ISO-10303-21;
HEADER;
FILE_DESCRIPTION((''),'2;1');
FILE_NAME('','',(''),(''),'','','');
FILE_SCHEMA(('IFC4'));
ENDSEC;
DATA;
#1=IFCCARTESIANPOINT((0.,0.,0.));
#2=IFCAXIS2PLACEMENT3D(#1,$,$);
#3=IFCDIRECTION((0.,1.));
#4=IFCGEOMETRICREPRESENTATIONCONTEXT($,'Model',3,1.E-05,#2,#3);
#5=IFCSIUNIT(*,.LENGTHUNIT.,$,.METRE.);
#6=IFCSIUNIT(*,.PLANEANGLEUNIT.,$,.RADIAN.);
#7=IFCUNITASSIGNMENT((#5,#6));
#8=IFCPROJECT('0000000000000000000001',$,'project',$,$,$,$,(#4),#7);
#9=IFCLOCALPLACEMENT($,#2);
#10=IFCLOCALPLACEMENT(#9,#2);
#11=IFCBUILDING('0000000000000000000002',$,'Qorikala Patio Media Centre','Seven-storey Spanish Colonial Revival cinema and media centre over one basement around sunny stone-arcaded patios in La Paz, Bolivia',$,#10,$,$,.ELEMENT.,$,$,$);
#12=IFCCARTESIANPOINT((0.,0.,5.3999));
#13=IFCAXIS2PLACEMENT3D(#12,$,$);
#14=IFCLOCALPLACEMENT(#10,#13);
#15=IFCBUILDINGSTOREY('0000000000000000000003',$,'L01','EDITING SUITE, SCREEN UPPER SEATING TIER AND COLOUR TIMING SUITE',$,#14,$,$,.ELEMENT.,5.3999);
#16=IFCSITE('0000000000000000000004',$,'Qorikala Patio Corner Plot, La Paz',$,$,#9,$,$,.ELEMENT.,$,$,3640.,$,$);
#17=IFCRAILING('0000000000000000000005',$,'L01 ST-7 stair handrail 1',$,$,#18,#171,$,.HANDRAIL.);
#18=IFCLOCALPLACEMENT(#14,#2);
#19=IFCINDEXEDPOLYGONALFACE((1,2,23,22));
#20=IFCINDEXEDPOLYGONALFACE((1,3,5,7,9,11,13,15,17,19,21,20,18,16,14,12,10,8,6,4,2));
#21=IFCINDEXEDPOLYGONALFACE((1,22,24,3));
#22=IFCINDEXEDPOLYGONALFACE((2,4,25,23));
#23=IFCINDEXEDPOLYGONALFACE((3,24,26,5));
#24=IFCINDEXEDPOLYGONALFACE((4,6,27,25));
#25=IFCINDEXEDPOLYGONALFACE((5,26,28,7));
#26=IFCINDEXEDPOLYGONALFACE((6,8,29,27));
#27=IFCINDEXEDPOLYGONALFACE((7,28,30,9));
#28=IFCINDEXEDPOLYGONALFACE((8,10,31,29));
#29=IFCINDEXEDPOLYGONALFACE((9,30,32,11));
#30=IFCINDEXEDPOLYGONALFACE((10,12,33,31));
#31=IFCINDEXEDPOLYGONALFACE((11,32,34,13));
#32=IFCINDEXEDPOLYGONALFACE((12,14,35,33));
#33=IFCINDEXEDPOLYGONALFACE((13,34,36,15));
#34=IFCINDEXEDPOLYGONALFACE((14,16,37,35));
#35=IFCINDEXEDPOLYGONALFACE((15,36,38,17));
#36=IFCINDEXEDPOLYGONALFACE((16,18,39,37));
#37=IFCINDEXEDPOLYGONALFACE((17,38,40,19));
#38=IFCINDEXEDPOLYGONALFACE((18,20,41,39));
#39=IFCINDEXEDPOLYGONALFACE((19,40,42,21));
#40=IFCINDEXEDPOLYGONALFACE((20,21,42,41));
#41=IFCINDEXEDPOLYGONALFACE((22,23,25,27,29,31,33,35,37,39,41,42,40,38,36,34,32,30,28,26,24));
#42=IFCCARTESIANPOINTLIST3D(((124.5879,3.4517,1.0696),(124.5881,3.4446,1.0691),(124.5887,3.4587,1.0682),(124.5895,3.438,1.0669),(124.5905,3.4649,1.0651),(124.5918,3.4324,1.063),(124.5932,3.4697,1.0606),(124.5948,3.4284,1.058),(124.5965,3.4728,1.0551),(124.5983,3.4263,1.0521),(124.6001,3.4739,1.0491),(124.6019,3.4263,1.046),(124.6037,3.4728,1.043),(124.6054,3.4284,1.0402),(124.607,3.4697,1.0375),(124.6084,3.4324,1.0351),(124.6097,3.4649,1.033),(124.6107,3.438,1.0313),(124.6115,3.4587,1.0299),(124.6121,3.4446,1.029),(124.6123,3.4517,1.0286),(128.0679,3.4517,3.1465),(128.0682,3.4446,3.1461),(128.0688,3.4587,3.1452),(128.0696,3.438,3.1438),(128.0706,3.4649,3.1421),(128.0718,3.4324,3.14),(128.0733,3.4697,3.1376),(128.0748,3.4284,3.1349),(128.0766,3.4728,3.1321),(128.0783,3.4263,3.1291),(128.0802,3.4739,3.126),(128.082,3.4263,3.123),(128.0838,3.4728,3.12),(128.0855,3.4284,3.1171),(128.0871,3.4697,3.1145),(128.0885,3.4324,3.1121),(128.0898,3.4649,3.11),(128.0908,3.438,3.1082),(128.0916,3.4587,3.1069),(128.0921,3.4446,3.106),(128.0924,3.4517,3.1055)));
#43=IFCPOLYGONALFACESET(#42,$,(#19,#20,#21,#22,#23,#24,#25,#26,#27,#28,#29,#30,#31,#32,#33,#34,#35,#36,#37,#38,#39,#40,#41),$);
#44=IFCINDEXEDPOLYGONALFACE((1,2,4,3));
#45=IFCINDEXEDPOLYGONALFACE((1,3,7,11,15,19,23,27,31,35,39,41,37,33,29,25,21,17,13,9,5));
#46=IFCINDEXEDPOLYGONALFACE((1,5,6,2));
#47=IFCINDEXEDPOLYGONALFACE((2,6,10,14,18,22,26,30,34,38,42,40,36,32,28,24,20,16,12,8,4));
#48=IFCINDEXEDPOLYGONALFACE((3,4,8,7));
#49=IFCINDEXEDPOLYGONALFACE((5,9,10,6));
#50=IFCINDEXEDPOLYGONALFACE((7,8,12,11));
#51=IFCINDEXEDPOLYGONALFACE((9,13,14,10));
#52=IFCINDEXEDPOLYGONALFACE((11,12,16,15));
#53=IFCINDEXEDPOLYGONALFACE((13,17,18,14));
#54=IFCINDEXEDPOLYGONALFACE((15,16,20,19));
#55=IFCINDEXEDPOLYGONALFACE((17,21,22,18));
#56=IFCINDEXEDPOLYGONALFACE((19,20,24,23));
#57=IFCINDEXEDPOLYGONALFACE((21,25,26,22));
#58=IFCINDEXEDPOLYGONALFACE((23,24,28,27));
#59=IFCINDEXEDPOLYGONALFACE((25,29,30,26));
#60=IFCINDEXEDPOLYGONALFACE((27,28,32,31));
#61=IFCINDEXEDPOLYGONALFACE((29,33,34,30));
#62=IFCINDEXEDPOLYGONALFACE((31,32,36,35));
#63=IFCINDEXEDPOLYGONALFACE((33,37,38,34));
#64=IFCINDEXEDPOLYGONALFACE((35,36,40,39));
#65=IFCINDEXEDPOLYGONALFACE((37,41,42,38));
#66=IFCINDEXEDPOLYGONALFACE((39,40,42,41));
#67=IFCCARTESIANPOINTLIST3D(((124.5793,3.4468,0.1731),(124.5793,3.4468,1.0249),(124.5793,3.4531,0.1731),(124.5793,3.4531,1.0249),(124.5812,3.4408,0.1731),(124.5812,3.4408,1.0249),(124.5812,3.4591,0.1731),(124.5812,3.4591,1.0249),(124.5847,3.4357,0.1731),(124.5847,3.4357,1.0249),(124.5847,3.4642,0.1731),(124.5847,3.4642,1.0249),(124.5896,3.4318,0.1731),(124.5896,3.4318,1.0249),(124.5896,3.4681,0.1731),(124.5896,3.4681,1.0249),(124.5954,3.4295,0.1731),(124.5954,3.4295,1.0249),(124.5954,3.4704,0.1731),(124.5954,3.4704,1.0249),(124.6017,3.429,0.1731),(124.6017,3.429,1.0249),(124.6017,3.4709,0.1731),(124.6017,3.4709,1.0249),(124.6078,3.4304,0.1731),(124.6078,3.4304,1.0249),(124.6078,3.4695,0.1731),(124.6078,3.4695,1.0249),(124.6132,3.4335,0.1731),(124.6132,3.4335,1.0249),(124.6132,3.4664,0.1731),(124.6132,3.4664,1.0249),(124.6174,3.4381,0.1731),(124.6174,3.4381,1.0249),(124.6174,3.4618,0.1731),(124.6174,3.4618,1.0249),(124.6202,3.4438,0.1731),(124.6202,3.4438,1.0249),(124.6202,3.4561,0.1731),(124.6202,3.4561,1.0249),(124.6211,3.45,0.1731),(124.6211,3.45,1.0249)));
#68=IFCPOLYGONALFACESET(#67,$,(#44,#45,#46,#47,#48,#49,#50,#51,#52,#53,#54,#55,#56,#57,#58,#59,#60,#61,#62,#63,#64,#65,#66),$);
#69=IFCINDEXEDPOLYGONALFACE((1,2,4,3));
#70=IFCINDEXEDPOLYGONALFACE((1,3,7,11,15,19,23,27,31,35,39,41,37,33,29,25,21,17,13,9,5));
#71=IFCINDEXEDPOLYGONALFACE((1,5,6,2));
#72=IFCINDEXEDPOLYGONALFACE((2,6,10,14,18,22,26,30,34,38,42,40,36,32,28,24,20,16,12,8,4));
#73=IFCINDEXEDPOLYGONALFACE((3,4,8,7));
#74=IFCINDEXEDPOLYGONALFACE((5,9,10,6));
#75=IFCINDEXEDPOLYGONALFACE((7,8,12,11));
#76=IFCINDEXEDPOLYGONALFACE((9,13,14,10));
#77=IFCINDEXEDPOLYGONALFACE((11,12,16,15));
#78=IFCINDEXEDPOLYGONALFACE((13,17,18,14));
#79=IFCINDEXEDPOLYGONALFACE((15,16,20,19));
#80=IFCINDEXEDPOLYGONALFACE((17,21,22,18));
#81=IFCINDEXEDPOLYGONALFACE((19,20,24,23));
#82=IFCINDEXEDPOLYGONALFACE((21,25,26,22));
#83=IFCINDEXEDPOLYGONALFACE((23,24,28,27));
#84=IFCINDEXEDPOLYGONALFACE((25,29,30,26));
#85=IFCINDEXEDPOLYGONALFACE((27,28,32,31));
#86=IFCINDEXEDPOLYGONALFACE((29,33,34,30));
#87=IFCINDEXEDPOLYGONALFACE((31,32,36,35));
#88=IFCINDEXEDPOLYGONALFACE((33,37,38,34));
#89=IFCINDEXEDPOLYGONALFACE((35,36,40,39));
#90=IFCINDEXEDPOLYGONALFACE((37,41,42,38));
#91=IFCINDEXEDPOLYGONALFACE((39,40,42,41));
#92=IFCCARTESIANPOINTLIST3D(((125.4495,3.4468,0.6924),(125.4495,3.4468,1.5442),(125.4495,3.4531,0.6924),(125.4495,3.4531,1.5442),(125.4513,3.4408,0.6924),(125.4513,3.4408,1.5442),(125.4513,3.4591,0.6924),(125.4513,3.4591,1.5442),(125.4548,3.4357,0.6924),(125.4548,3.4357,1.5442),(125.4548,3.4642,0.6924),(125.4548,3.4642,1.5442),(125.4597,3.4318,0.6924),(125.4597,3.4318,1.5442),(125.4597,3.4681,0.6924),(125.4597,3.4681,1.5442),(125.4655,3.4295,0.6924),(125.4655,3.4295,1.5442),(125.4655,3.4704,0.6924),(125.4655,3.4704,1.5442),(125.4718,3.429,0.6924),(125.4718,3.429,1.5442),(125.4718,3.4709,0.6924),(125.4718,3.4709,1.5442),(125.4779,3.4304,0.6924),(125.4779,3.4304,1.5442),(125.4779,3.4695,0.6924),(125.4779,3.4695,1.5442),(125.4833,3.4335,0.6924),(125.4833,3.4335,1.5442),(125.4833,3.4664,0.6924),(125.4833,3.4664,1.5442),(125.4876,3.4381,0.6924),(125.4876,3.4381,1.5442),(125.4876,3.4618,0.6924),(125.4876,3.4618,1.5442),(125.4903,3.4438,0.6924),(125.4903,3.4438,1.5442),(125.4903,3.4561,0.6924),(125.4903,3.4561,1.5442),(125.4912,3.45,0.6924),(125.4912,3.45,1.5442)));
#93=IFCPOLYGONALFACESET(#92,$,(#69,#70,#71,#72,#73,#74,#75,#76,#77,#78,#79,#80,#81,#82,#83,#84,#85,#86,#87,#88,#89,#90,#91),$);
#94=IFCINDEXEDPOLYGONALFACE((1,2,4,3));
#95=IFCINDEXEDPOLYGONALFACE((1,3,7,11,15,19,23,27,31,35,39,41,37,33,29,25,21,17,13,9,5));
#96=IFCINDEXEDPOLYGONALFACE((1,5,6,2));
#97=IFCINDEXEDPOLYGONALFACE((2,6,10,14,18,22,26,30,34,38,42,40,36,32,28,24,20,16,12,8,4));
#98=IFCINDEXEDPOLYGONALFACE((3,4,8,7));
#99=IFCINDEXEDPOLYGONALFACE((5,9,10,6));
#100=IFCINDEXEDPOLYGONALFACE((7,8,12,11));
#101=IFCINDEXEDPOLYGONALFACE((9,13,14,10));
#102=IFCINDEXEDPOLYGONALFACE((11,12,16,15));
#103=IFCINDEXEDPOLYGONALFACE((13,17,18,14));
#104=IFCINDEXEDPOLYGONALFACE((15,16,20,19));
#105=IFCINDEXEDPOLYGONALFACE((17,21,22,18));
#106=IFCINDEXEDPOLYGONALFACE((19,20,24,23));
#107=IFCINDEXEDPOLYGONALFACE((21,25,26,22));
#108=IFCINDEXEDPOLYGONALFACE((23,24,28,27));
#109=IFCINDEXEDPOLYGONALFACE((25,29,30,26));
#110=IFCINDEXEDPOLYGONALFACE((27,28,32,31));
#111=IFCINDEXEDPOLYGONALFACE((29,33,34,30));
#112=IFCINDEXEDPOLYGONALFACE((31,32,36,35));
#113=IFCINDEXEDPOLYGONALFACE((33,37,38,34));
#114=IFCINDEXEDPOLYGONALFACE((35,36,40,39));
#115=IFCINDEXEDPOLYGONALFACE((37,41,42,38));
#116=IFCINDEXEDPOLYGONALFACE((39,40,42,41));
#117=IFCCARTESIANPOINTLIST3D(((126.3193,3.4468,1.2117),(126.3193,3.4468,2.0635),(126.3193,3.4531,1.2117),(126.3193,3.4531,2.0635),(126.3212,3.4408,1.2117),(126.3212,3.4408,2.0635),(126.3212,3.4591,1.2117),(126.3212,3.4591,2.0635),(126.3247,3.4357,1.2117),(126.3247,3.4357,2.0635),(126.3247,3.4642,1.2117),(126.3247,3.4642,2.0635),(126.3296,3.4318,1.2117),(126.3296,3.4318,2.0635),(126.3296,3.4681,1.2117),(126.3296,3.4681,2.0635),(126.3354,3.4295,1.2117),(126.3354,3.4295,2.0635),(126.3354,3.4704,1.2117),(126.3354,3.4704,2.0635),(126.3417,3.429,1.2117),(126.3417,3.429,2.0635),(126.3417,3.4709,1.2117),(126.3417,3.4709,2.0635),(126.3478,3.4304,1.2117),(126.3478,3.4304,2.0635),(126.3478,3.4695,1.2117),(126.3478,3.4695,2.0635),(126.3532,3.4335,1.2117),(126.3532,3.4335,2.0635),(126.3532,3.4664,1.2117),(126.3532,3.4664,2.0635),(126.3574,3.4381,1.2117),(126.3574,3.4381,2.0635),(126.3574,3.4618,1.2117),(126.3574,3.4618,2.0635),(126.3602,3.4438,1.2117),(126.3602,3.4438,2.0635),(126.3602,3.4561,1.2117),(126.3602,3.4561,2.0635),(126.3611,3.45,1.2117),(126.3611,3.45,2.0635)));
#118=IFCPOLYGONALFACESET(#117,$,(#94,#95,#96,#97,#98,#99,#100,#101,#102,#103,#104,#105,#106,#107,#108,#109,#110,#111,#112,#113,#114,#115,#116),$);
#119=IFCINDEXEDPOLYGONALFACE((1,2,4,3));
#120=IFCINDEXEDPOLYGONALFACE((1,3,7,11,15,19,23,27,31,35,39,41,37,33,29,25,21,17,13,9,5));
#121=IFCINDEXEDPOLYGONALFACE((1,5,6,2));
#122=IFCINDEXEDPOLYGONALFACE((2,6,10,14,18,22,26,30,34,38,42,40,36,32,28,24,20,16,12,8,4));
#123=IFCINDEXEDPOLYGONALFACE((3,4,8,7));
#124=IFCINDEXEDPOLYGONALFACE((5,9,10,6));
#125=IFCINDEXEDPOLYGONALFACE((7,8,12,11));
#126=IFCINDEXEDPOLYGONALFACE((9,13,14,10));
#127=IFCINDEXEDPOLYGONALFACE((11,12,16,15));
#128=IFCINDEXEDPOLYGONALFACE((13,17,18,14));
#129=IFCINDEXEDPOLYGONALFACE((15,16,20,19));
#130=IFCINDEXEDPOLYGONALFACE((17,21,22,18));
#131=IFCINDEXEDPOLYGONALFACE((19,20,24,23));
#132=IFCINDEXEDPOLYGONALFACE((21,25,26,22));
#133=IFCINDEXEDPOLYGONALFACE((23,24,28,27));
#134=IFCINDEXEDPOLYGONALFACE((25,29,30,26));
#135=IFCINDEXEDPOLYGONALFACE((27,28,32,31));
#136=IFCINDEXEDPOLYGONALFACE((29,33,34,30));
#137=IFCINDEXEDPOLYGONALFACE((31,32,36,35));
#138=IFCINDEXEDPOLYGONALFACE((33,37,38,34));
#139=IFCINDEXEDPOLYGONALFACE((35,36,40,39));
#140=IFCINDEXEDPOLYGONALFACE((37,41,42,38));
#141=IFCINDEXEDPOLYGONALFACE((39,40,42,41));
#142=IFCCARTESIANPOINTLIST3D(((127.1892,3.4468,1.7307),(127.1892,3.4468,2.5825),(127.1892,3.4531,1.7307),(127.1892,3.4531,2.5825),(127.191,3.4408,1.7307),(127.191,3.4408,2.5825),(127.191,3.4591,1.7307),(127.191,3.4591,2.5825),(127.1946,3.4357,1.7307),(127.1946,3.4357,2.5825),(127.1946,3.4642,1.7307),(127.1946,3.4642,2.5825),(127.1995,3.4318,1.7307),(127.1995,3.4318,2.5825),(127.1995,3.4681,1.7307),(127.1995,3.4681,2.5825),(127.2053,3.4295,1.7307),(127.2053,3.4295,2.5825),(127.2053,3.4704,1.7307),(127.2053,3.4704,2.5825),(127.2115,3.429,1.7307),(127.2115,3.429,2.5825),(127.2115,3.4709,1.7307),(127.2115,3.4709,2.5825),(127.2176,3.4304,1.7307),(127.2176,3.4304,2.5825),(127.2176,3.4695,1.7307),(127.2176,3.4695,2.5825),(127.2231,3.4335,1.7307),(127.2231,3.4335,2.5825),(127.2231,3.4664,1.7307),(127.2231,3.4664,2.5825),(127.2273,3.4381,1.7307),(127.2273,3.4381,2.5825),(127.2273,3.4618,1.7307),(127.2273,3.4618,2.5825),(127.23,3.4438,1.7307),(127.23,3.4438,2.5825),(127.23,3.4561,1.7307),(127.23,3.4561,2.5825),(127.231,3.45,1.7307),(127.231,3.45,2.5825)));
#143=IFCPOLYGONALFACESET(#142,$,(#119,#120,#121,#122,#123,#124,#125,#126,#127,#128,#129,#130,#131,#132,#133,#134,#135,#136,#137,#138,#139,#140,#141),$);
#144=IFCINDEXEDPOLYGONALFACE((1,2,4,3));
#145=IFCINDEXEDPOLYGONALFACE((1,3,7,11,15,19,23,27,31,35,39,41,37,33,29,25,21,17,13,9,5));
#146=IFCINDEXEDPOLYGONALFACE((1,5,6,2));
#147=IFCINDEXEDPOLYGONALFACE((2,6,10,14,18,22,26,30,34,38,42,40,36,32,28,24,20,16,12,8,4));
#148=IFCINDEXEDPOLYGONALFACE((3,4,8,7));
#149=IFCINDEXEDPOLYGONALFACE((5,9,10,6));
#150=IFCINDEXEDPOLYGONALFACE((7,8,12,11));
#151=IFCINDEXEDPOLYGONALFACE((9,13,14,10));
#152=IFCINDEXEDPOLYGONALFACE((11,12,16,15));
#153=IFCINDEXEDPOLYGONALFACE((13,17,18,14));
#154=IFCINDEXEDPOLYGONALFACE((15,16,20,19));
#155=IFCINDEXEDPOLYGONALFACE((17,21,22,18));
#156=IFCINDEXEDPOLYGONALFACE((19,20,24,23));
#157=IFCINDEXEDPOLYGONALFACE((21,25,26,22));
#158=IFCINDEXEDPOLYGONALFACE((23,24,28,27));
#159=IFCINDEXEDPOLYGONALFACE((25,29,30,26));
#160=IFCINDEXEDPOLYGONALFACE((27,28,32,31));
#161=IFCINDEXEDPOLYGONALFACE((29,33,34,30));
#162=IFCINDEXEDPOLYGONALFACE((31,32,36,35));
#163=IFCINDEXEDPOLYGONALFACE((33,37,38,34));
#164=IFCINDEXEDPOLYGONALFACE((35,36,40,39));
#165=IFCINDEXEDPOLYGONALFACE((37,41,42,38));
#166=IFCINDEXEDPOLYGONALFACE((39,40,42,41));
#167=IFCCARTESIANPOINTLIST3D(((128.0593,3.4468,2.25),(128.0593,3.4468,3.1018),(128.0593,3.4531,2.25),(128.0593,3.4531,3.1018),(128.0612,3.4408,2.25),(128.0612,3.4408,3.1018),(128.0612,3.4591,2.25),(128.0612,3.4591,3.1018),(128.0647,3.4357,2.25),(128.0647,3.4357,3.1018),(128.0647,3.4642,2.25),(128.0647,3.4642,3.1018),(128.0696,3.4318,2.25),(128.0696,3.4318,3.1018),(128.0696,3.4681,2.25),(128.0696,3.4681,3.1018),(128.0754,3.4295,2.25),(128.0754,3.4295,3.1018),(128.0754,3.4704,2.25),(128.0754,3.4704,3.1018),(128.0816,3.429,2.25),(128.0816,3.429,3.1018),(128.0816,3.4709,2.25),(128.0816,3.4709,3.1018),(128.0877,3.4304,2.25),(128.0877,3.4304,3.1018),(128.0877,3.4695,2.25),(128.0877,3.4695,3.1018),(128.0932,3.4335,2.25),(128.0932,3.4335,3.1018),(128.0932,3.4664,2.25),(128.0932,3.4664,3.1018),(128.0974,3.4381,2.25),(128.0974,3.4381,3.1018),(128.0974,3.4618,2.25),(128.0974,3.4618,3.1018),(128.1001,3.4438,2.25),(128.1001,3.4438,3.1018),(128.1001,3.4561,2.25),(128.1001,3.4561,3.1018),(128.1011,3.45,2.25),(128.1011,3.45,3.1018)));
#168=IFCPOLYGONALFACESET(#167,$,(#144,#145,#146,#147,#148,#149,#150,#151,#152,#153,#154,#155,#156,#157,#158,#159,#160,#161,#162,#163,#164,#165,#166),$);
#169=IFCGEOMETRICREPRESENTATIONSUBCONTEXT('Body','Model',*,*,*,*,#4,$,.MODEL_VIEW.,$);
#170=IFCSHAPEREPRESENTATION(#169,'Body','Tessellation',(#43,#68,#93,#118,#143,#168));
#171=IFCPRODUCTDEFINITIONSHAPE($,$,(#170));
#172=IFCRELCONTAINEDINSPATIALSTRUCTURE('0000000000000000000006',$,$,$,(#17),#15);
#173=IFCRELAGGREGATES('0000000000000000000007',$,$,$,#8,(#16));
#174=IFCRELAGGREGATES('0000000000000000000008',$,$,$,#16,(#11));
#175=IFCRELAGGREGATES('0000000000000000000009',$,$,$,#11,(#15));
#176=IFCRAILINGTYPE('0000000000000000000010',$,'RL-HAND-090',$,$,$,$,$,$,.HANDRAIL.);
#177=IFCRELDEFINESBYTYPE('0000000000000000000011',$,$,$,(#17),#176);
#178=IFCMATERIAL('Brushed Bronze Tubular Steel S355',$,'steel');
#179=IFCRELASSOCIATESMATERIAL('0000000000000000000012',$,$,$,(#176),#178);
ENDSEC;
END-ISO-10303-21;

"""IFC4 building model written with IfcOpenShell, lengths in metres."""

from ifc_helpers import new_model, si_unit, direction, frame, origin, origin_2d, place, context, subcontext, project, spatial, circle, extrude, material, type_object, element, save


model = new_model("IFC4")

# Units and contexts
model_context = context("Model", 3, precision=1e-05, world=origin(), true_north=direction((0.0, 1.0)))
body_context = subcontext(model_context, "Body", "Model", "MODEL_VIEW")
ifc_project = project(units=[si_unit("LENGTHUNIT", "METRE"), si_unit("PLANEANGLEUNIT", "RADIAN")], contexts=[model_context])

# Site, building, storey
site_placement = place(None, origin())
site = spatial("IfcSite", under=ifc_project, at=site_placement, Name="Qorikala Patio Corner Plot, La Paz", CompositionType="ELEMENT", RefElevation=3640.0)
building_placement = place(site_placement, origin())
building = spatial("IfcBuilding", under=site, at=building_placement, Name="Qorikala Patio Media Centre", Description="Seven-storey Spanish Colonial Revival cinema and media centre over one basement around sunny stone-arcaded patios in La Paz, Bolivia", CompositionType="ELEMENT")
storey_placement = place(building_placement, frame((0.0, 0.0, 5.3999)))
storey = spatial("IfcBuildingStorey", under=building, at=storey_placement, Name="L01", Description="EDITING SUITE, SCREEN UPPER SEATING TIER AND COLOUR TIMING SUITE", CompositionType="ELEMENT", Elevation=5.3999)

# Railing
ifc_material_1 = material(Name="Brushed Bronze Tubular Steel S355", Category="steel")
railing_type_1 = type_object("IfcRailingType", Name="RL-HAND-090", PredefinedType="HANDRAIL", material=ifc_material_1)
railing_1_placement = place(storey_placement, frame((124.6001, 3.45, 0.1731)))
element("IfcRailing", 1, at=railing_1_placement, inside=storey, type_object=railing_type_1, Name="L01 ST-7 stair handrail 1", PredefinedType="HANDRAIL", context=body_context, shape_type="SweptSolid", body=[
    extrude(circle(Radius=0.0239, at=origin_2d()), frame((0.0, 0.0, 0.876), z_axis=(0.858697, 0.0, 0.512483), x_axis=(0.0, 1.0, 0.0)), (0.0, 0.0, 1.0), 4.0527),
    extrude(circle(Radius=0.021, at=origin_2d()), origin(), (0.0, 0.0, 1.0), 0.8518),
    extrude(circle(Radius=0.021, at=origin_2d()), frame((0.8701, 0.0, 0.5193)), (0.0, 0.0, 1.0), 0.8518),
    extrude(circle(Radius=0.021, at=origin_2d()), frame((1.74, 0.0, 1.0386)), (0.0, 0.0, 1.0), 0.8518),
    extrude(circle(Radius=0.021, at=origin_2d()), frame((2.6099, 0.0, 1.5576)), (0.0, 0.0, 1.0), 0.8518),
    extrude(circle(Radius=0.021, at=origin_2d()), frame((3.48, 0.0, 2.0769)), (0.0, 0.0, 1.0), 0.8518),
])

save(model, "model.ifc")
